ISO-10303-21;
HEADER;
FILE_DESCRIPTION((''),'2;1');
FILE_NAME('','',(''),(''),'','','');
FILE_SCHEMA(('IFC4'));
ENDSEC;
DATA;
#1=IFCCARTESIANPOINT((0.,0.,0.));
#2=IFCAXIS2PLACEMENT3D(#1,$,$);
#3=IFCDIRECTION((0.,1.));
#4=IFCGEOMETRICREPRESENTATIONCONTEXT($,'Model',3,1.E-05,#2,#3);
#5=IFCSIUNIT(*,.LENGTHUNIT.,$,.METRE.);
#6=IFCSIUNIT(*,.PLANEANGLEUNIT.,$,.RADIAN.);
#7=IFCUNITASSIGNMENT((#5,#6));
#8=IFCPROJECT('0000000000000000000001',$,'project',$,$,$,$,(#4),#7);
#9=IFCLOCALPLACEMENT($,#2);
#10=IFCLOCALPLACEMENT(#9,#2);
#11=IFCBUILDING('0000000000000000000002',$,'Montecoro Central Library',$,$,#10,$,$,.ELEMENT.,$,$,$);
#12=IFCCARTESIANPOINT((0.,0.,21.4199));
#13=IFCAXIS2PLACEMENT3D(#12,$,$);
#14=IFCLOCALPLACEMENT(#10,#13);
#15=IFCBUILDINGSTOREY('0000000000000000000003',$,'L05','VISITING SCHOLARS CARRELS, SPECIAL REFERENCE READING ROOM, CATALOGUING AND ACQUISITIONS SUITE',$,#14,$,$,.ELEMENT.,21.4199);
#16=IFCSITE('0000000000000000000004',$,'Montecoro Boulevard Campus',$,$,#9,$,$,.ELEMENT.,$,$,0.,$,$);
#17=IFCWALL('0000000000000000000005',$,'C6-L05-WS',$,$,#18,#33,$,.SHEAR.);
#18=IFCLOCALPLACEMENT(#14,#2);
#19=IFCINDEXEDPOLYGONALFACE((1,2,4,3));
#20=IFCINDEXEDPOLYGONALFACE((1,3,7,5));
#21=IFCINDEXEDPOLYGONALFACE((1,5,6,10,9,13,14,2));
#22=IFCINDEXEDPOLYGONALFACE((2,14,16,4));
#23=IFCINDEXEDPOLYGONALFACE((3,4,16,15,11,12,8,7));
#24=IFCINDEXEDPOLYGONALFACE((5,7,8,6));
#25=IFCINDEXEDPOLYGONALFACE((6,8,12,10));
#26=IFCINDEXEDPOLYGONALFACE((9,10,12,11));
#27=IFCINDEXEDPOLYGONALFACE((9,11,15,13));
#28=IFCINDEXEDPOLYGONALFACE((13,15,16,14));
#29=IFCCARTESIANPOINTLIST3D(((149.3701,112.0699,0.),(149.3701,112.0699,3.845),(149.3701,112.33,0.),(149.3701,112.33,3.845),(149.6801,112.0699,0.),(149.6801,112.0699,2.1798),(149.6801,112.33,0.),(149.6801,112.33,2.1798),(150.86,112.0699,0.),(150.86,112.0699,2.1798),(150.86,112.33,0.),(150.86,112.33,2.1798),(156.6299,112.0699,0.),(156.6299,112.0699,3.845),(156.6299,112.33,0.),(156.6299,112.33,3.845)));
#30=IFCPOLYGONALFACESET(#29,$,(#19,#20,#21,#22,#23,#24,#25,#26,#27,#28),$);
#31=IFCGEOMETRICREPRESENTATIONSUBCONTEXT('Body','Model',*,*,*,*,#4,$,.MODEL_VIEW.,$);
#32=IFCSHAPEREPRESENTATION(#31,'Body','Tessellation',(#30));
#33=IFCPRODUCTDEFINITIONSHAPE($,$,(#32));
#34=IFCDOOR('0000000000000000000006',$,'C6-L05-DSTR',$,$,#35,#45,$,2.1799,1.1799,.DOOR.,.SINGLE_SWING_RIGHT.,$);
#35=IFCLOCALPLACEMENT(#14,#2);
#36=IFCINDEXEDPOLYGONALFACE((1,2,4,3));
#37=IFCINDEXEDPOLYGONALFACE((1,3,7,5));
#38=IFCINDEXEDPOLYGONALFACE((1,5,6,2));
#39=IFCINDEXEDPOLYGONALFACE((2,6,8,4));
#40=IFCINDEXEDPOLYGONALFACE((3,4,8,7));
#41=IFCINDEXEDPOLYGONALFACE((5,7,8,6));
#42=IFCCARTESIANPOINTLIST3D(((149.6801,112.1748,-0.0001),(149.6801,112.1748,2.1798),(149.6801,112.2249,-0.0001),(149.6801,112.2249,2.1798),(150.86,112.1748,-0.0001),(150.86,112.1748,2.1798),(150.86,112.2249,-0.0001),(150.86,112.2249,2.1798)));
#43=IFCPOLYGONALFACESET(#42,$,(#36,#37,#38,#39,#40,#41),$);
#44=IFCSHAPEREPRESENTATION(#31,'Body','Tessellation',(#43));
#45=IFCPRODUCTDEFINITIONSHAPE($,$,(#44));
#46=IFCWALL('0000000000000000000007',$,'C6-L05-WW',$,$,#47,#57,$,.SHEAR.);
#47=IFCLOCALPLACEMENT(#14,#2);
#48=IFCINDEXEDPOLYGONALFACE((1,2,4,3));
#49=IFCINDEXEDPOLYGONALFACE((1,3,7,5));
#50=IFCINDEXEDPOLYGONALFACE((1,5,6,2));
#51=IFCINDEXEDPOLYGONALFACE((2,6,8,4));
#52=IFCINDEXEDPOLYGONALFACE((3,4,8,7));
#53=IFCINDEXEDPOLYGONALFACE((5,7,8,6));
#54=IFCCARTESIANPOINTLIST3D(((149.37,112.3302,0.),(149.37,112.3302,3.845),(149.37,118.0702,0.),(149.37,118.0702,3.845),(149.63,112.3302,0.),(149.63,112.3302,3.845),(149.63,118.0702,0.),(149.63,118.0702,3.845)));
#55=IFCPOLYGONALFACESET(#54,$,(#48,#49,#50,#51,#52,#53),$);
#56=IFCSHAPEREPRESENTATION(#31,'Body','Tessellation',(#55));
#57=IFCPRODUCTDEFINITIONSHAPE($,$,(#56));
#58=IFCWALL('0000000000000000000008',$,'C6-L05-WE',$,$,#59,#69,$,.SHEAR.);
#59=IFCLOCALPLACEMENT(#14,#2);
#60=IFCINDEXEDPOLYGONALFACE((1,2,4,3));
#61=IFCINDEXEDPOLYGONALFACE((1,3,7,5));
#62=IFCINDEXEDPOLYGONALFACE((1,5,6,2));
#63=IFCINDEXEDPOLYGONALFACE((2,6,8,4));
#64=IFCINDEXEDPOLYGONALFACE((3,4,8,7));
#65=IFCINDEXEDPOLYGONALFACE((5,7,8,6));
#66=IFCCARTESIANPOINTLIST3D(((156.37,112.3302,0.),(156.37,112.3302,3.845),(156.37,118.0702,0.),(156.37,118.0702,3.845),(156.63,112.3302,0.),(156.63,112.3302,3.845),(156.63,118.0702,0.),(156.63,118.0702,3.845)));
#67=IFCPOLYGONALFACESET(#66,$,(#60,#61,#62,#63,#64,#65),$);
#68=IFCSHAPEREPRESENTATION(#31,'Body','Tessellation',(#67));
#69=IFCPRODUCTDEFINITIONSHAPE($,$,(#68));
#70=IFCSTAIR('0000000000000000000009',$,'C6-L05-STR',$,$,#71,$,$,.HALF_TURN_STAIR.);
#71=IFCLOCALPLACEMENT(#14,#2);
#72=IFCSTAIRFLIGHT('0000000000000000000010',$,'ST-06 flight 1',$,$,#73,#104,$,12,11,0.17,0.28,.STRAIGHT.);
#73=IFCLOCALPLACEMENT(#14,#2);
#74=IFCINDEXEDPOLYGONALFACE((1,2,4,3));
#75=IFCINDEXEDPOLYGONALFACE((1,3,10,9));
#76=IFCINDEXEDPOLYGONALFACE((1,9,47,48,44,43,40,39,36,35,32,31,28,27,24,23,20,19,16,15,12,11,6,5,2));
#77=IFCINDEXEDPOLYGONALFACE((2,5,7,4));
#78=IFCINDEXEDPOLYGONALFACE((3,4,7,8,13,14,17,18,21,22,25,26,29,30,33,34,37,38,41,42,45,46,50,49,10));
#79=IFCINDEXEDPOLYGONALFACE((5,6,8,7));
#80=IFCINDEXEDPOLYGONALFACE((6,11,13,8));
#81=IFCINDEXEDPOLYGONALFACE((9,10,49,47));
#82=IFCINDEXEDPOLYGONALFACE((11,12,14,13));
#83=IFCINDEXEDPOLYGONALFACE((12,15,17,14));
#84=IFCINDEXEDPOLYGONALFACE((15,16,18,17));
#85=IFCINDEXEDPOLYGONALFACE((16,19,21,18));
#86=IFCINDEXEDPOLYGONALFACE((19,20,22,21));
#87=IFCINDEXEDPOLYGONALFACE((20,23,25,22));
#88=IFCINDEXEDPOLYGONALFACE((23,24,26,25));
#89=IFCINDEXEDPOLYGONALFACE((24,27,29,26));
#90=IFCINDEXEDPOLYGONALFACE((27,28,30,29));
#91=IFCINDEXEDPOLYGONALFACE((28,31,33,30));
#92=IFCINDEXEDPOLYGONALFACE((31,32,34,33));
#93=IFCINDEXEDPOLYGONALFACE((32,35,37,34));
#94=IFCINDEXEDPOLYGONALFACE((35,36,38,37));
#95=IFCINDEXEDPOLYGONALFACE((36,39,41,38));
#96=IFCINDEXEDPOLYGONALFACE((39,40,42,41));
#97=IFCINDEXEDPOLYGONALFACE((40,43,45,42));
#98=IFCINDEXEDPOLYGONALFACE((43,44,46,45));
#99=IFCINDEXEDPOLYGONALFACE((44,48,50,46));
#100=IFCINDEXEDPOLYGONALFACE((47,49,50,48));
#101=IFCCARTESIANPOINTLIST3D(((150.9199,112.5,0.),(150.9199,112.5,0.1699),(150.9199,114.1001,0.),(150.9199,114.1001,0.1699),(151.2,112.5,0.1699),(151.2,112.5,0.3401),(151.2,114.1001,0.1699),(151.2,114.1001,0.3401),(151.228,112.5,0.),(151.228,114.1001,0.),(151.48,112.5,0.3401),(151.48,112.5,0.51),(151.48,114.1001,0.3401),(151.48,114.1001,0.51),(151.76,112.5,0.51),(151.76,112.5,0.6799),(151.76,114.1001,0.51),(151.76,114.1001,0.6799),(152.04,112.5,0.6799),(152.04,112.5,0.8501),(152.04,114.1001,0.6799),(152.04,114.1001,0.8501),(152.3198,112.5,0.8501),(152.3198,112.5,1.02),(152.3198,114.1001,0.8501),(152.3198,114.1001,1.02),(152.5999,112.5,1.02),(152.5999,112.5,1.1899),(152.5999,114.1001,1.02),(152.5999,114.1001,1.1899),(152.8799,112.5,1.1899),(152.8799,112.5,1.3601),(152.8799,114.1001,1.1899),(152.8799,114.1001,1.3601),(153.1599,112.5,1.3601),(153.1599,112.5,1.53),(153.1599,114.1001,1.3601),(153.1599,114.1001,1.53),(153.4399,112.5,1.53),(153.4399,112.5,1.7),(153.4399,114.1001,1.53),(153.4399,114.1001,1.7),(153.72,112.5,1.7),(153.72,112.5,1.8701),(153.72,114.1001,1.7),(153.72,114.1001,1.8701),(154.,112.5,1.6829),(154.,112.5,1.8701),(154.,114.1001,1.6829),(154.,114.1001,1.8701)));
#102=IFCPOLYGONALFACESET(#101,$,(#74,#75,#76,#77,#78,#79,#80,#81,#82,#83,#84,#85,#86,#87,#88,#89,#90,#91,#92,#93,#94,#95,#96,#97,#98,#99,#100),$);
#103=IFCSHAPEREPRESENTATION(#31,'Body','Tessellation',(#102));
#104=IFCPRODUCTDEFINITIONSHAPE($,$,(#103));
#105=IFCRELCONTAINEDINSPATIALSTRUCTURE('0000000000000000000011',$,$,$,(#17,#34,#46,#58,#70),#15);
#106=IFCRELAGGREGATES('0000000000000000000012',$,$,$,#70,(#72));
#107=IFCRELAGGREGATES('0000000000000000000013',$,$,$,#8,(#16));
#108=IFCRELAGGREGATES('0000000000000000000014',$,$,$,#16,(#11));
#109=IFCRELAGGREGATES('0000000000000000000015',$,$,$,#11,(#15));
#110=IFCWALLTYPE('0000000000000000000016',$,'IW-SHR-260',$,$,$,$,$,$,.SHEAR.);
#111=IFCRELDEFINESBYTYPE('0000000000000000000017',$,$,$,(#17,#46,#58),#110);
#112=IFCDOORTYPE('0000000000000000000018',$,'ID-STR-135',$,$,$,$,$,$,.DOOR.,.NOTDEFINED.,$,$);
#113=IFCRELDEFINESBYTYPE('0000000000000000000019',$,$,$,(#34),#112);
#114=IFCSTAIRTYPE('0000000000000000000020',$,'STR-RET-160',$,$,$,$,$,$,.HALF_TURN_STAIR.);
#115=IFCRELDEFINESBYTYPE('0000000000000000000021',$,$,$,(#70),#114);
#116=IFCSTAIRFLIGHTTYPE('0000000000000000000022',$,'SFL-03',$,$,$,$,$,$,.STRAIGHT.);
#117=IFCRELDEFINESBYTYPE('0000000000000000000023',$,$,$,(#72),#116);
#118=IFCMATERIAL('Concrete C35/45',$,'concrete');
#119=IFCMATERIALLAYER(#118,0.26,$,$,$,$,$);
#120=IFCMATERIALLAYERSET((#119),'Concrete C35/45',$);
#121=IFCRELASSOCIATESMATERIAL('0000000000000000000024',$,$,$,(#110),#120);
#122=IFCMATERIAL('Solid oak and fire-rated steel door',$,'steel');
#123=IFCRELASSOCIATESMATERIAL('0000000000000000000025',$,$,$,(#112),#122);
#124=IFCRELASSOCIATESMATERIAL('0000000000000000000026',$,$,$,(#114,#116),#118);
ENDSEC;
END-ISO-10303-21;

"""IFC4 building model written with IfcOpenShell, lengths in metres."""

from ifc_helpers import new_model, si_unit, direction, frame, frame_2d, origin, place, context, subcontext, project, spatial, polyline, rectangle, outline, extrude, material, layer, layer_set, type_object, element, fill, aggregate, save


model = new_model("IFC4")

# Units and contexts
model_context = context("Model", 3, precision=1e-05, world=origin(), true_north=direction((0.0, 1.0)))
body_context = subcontext(model_context, "Body", "Model", "MODEL_VIEW")
ifc_project = project(units=[si_unit("LENGTHUNIT", "METRE"), si_unit("PLANEANGLEUNIT", "RADIAN")], contexts=[model_context])

# Site, building, storey
site_placement = place(None, origin())
site = spatial("IfcSite", under=ifc_project, at=site_placement, Name="Montecoro Boulevard Campus", CompositionType="ELEMENT", RefElevation=0.0)
building_placement = place(site_placement, origin())
building = spatial("IfcBuilding", under=site, at=building_placement, Name="Montecoro Central Library", CompositionType="ELEMENT")
storey_placement = place(building_placement, frame((0.0, 0.0, 21.4199)))
storey = spatial("IfcBuildingStorey", under=building, at=storey_placement, Name="L05", Description="VISITING SCHOLARS CARRELS, SPECIAL REFERENCE READING ROOM, CATALOGUING AND ACQUISITIONS SUITE", CompositionType="ELEMENT", Elevation=21.4199)

# Shared definitions
ifc_material_1 = material(Name="Concrete C35/45", Category="concrete")

# Shared definitions
ifc_material_2 = material(Name="Solid oak and fire-rated steel door", Category="steel")

# Wall, opening, door
ifc_layer_1 = layer(ifc_material_1, 0.26)
ifc_layer_set_1 = layer_set([ifc_layer_1], Name="Concrete C35/45")
wall_type_1 = type_object("IfcWallType", Name="IW-SHR-260", PredefinedType="SHEAR", material=ifc_layer_set_1)
wall_1_placement = place(storey_placement, frame((149.3701, 112.2, 0.0), z_axis=(0.0, 0.0, 1.0), x_axis=(1.0, 0.0, 0.0)))
wall_1 = element("IfcWall", 1, at=wall_1_placement, inside=storey, type_object=wall_type_1, Name="C6-L05-WS", PredefinedType="SHEAR", context=body_context, shape_type="SweptSolid", body=[
    extrude(rectangle(XDim=7.2598, YDim=0.26, at=frame_2d((3.6299, 0.0))), origin(), (0.0, 0.0, 1.0), 3.845),
])
opening_1_placement = place(wall_1_placement, frame((0.3101, 0.0, 0.0)))
opening_1 = element("IfcOpeningElement", 2, at=opening_1_placement, cuts=wall_1, PredefinedType="OPENING", context=body_context, shape_type="SweptSolid", body=[
    extrude(rectangle(XDim=1.1799, YDim=2.1799, at=frame_2d((0.5898, 1.0898))), frame((0.0, 0.1399, 0.0), z_axis=(0.0, -1.0, 0.0), x_axis=(1.0, 0.0, 0.0)), (0.0, 0.0, 1.0), 0.28),
])
door_type_1 = type_object("IfcDoorType", Name="ID-STR-135", OperationType="NOTDEFINED", PredefinedType="DOOR", material=ifc_material_2)
door_1_placement = place(opening_1_placement, origin())
door_1 = element("IfcDoor", 3, at=door_1_placement, inside=storey, type_object=door_type_1, Name="C6-L05-DSTR", OperationType="SINGLE_SWING_RIGHT", OverallHeight=2.1799, OverallWidth=1.1799, PredefinedType="DOOR", context=body_context, shape_type="SweptSolid", body=[
    extrude(rectangle(XDim=1.1799, YDim=2.1799, at=frame_2d((0.5898, 1.0898))), frame((0.0, 0.0249, 0.0), z_axis=(0.0, -1.0, 0.0), x_axis=(1.0, 0.0, 0.0)), (0.0, 0.0, 1.0), 0.05),
])
fill(opening_1, door_1)

# Walls
for number, where, z_axis, x_axis, name in (
    (4, (149.5, 112.3301, 0.0), (0.0, 0.0, 1.0), (0.0, 1.0, 0.0), "C6-L05-WW"),
    (5, (156.5, 112.3301, 0.0), (0.0, 0.0, 1.0), (0.0, 1.0, 0.0), "C6-L05-WE"),
):
    element("IfcWall", number, at=place(storey_placement, frame(where, z_axis=z_axis, x_axis=x_axis)), inside=storey, type_object=wall_type_1, Name=name, PredefinedType="SHEAR", context=body_context, shape_type="SweptSolid", body=[
        extrude(rectangle(XDim=5.74, YDim=0.26, at=frame_2d((2.8701, 0.0))), origin(), (0.0, 0.0, 1.0), 3.845),
    ])

# Stair, stair flight
stair_type = type_object("IfcStairType", Name="STR-RET-160", PredefinedType="HALF_TURN_STAIR", material=ifc_material_1)
stair_placement = place(storey_placement, origin())
stair = element("IfcStair", 6, at=stair_placement, inside=storey, type_object=stair_type, Name="C6-L05-STR", PredefinedType="HALF_TURN_STAIR")
stair_flight_type = type_object("IfcStairFlightType", Name="SFL-03", PredefinedType="STRAIGHT", material=ifc_material_1)
stair_flight_placement = place(storey_placement, frame((150.9199, 113.3, 0.0), z_axis=(0.0, 0.0, 1.0), x_axis=(1.0, 0.0, 0.0)))
stair_flight = element("IfcStairFlight", 7, at=stair_flight_placement, type_object=stair_flight_type, Name="ST-06 flight 1", NumberOfRisers=12, NumberOfTreads=11, PredefinedType="STRAIGHT", RiserHeight=0.17, TreadLength=0.28, context=body_context, shape_type="SweptSolid", body=[
    extrude(outline(polyline([(0.0, 0.0), (0.0, 0.1699), (0.28, 0.1699), (0.28, 0.3401), (0.5601, 0.3401), (0.5601, 0.51), (0.8401, 0.51), (0.8401, 0.6799), (1.1201, 0.6799), (1.1201, 0.8501), (1.3999, 0.8501), (1.3999, 1.02), (1.6799, 1.02), (1.6799, 1.1899), (1.96, 1.1899), (1.96, 1.3601), (2.24, 1.3601), (2.24, 1.53), (2.52, 1.53), (2.52, 1.7), (2.8, 1.7), (2.8, 1.8701), (3.0801, 1.8701), (3.0801, 2.04), (3.0801, 1.6829), (0.3081, 0.0), (0.0, 0.0)])), frame((0.0, 0.8, 0.0), z_axis=(0.0, -1.0, 0.0), x_axis=(1.0, 0.0, 0.0)), (0.0, 0.0, 1.0), 1.6001),
])
aggregate(stair, [stair_flight])

save(model, "model.ifc")
